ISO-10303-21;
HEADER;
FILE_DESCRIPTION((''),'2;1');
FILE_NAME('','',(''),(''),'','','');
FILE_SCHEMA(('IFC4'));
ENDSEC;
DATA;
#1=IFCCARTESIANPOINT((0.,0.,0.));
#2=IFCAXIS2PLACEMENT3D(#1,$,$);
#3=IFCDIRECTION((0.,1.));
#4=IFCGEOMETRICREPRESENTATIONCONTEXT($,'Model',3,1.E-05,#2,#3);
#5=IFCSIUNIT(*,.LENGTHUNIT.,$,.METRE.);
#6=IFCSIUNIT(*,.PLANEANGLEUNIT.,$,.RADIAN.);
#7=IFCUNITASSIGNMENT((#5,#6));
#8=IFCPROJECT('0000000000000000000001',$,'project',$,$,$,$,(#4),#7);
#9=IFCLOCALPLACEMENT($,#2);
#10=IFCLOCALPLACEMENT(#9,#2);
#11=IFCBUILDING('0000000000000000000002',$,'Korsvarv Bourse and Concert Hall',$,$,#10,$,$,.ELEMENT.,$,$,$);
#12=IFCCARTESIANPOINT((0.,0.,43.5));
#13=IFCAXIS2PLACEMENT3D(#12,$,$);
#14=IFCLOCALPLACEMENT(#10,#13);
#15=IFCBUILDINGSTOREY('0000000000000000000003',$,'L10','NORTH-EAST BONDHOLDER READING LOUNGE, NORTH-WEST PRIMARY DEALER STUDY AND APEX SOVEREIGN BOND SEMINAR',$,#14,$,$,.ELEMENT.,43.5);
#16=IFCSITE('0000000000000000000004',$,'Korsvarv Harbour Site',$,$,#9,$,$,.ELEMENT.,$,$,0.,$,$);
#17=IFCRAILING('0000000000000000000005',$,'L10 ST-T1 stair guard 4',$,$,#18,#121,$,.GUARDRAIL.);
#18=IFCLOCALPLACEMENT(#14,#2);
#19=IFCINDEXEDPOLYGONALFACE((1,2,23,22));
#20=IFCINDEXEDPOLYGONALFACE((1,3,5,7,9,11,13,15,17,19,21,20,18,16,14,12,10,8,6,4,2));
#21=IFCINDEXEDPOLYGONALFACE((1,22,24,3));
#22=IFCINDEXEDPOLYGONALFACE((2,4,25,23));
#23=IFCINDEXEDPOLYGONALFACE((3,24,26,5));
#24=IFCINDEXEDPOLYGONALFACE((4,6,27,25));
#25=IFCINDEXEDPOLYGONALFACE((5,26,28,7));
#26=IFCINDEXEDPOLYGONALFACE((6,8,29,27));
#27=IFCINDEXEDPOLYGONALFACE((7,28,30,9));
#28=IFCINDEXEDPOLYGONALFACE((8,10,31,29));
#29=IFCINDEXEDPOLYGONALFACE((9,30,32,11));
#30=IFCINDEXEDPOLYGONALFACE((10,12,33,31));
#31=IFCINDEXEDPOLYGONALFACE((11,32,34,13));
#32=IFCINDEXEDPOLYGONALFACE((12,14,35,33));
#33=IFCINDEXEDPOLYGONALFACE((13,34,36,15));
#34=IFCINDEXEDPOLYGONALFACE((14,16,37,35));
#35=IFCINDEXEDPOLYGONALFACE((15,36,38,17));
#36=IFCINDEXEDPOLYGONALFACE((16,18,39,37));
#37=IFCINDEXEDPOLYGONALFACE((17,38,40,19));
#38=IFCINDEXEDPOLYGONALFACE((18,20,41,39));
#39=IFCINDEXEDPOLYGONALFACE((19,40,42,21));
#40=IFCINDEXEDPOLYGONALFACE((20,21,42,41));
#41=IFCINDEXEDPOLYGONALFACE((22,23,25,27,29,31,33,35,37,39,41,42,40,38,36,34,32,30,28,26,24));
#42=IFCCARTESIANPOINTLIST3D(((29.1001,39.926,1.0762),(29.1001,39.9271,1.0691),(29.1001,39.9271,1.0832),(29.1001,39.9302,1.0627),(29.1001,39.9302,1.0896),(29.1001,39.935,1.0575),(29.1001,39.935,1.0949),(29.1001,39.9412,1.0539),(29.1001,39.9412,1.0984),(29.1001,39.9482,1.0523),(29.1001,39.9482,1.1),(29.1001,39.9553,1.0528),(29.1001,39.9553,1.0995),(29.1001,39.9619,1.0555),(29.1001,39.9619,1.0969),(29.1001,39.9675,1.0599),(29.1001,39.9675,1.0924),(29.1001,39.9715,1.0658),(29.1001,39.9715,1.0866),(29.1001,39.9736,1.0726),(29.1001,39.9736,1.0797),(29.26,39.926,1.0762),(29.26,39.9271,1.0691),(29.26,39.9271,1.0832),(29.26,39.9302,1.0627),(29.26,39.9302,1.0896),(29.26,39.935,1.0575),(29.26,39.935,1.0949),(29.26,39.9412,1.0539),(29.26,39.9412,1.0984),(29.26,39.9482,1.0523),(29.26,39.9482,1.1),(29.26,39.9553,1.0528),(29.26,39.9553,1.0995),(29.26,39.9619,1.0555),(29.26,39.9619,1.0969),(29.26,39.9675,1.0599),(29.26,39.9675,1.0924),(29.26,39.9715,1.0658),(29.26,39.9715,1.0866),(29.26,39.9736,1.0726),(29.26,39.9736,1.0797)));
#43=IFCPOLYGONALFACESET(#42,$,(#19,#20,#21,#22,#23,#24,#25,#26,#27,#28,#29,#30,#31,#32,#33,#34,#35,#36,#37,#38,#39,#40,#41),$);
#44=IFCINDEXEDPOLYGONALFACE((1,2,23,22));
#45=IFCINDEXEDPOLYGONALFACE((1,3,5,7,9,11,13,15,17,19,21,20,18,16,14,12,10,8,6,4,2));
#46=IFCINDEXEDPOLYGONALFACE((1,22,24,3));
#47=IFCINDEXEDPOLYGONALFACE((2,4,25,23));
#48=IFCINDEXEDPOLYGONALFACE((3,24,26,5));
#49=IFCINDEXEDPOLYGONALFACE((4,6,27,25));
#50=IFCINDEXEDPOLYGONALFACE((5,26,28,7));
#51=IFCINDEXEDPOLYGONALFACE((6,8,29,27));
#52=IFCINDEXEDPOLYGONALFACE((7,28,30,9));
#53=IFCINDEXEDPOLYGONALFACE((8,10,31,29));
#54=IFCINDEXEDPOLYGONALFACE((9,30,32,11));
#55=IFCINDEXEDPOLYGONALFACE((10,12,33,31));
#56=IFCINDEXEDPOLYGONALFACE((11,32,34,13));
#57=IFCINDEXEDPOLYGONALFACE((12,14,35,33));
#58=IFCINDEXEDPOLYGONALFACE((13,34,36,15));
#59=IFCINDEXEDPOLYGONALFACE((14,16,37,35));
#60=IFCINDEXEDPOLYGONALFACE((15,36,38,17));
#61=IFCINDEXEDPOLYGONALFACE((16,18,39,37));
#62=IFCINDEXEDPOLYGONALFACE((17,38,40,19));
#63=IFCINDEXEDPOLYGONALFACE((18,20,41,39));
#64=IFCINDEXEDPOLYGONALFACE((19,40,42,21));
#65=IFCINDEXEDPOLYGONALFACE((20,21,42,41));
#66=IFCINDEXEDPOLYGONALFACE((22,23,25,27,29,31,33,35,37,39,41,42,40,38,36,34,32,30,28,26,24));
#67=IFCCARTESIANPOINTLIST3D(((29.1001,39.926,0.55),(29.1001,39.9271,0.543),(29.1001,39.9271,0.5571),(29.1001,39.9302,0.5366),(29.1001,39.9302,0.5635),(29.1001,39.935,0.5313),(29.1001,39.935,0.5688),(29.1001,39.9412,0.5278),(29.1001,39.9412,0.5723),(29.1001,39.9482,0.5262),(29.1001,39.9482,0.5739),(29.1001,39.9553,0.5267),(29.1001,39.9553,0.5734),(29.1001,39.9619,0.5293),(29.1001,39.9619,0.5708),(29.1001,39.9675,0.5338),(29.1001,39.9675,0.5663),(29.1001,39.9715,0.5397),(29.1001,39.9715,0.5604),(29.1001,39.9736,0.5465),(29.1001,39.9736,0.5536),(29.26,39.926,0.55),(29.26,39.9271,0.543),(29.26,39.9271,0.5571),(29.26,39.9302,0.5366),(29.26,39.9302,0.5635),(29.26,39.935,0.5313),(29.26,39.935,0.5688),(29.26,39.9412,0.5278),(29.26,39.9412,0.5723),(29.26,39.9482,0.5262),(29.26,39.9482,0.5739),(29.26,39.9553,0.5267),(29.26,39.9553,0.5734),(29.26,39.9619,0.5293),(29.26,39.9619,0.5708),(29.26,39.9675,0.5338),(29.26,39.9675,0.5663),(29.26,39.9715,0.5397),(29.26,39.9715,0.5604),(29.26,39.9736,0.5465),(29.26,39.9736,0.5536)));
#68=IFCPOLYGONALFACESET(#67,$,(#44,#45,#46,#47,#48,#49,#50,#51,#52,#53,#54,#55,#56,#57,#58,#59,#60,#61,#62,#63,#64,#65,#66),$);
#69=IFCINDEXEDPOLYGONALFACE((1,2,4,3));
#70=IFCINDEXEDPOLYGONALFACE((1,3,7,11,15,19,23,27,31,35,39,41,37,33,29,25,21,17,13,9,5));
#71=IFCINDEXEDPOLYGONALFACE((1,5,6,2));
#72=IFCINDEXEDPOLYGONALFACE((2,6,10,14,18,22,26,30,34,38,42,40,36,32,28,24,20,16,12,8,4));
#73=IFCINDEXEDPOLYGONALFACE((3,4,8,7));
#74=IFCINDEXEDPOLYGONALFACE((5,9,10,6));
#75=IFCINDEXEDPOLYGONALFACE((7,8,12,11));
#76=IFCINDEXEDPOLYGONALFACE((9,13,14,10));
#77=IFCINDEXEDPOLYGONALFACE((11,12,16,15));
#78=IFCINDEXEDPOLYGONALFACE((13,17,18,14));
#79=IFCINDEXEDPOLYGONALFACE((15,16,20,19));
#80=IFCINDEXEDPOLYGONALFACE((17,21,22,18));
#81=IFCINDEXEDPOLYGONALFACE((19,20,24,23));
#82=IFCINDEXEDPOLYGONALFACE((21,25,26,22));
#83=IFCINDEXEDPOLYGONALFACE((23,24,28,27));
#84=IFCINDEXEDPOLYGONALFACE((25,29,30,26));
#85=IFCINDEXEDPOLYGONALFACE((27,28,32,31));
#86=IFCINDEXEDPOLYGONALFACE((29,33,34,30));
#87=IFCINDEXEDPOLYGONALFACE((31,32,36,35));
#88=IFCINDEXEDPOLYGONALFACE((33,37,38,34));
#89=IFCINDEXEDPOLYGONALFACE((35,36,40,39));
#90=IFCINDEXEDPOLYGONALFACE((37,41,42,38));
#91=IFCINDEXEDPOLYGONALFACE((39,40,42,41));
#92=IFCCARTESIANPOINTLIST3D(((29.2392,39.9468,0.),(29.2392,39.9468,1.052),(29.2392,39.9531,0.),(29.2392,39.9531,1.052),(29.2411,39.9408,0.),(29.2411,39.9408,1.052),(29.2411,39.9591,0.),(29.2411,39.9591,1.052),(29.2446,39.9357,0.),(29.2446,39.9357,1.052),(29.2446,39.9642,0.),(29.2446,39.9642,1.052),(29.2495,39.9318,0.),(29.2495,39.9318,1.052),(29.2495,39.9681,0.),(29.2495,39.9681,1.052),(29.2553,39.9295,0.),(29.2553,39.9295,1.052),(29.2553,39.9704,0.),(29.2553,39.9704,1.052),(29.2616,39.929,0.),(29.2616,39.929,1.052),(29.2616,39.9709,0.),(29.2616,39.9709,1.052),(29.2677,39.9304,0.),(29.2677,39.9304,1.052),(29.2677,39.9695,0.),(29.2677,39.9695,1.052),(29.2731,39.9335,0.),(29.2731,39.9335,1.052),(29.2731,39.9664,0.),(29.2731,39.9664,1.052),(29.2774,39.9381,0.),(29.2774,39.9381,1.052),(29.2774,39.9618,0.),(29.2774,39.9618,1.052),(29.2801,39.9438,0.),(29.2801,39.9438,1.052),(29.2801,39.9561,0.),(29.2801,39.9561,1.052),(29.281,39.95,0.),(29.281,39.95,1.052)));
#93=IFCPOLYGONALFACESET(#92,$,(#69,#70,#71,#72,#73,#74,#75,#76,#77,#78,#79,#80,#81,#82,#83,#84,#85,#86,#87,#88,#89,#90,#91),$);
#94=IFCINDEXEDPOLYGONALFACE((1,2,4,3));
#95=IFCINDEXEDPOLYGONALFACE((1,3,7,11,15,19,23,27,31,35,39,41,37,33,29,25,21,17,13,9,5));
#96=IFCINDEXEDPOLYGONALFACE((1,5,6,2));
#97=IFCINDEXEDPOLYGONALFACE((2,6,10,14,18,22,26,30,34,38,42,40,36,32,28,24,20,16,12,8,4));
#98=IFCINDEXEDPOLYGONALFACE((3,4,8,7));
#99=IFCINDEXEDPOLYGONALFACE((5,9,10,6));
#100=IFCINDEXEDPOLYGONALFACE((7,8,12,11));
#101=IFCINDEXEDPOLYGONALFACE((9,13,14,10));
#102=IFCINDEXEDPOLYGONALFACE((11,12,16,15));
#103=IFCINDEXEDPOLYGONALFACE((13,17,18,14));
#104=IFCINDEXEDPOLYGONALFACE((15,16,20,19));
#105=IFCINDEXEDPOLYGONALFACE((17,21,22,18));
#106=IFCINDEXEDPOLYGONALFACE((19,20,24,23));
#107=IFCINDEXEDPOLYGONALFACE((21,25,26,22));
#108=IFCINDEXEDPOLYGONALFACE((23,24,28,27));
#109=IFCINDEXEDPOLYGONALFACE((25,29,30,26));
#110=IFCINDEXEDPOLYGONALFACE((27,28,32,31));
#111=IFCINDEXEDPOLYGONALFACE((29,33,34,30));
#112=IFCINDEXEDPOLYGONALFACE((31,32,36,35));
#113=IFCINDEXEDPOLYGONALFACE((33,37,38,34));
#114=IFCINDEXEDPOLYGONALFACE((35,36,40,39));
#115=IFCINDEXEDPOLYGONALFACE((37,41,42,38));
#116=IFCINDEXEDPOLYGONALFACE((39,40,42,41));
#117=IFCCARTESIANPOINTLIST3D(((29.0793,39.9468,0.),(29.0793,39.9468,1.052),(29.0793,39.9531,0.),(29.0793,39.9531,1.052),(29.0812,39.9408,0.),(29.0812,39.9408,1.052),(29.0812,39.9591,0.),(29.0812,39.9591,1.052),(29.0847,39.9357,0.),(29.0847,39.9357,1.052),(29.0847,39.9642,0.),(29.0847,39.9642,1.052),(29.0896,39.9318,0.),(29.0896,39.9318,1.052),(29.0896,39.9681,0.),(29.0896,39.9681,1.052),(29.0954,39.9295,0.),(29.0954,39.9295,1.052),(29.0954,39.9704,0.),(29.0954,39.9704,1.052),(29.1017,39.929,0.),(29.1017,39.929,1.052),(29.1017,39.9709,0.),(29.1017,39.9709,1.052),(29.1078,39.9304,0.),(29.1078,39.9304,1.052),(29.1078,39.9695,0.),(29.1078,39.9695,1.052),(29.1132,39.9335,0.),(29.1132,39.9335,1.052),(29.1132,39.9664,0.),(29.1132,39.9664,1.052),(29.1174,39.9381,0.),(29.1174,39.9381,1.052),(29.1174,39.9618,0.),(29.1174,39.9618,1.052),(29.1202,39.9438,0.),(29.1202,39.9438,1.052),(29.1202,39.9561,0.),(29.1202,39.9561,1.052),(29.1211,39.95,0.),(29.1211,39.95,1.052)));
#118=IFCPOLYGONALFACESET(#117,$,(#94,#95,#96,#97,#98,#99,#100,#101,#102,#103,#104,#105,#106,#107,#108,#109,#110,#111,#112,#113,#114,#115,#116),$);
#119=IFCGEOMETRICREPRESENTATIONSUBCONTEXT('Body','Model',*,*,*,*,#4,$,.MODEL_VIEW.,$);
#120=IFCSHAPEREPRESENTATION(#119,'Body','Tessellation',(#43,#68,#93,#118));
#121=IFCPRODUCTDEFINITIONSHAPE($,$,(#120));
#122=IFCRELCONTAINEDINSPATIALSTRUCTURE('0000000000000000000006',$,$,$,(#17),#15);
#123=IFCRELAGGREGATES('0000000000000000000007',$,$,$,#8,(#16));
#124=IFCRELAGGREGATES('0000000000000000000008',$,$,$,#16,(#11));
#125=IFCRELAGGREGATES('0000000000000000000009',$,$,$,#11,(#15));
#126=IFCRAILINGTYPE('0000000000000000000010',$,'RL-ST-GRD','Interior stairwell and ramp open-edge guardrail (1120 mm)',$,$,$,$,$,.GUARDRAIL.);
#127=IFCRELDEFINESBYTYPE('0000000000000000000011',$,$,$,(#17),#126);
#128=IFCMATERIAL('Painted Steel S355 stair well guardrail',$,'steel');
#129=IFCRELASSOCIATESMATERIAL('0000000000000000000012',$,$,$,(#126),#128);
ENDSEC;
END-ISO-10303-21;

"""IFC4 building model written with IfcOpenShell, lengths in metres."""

from ifc_helpers import new_model, si_unit, direction, frame, origin, origin_2d, place, context, subcontext, project, spatial, circle, extrude, material, type_object, element, save


model = new_model("IFC4")

# Units and contexts
model_context = context("Model", 3, precision=1e-05, world=origin(), true_north=direction((0.0, 1.0)))
body_context = subcontext(model_context, "Body", "Model", "MODEL_VIEW")
ifc_project = project(units=[si_unit("LENGTHUNIT", "METRE"), si_unit("PLANEANGLEUNIT", "RADIAN")], contexts=[model_context])

# Site, building, storey
site_placement = place(None, origin())
site = spatial("IfcSite", under=ifc_project, at=site_placement, Name="Korsvarv Harbour Site", CompositionType="ELEMENT", RefElevation=0.0)
building_placement = place(site_placement, origin())
building = spatial("IfcBuilding", under=site, at=building_placement, Name="Korsvarv Bourse and Concert Hall", CompositionType="ELEMENT")
storey_placement = place(building_placement, frame((0.0, 0.0, 43.5)))
storey = spatial("IfcBuildingStorey", under=building, at=storey_placement, Name="L10", Description="NORTH-EAST BONDHOLDER READING LOUNGE, NORTH-WEST PRIMARY DEALER STUDY AND APEX SOVEREIGN BOND SEMINAR", CompositionType="ELEMENT", Elevation=43.5)

# Railing
ifc_material_1 = material(Name="Painted Steel S355 stair well guardrail", Category="steel")
railing_type_1 = type_object("IfcRailingType", Name="RL-ST-GRD", Description="Interior stairwell and ramp open-edge guardrail (1120 mm)", PredefinedType="GUARDRAIL", material=ifc_material_1)
railing_1_placement = place(storey_placement, frame((29.26, 39.95, 0.0)))
element("IfcRailing", 1, at=railing_1_placement, inside=storey, type_object=railing_type_1, Name="L10 ST-T1 stair guard 4", PredefinedType="GUARDRAIL", context=body_context, shape_type="SweptSolid", body=[
    extrude(circle(Radius=0.0239, at=origin_2d()), frame((0.0, 0.0, 1.0762), z_axis=(-1.0, 0.0, 0.0), x_axis=(0.0, -1.0, 0.0)), (0.0, 0.0, 1.0), 0.1599),
    extrude(circle(Radius=0.0239, at=origin_2d()), frame((0.0, 0.0, 0.55), z_axis=(-1.0, 0.0, 0.0), x_axis=(0.0, -1.0, 0.0)), (0.0, 0.0, 1.0), 0.1599),
    extrude(circle(Radius=0.021, at=origin_2d()), origin(), (0.0, 0.0, 1.0), 1.052),
    extrude(circle(Radius=0.021, at=origin_2d()), frame((-0.1599, 0.0, 0.0)), (0.0, 0.0, 1.0), 1.052),
])

save(model, "model.ifc")
